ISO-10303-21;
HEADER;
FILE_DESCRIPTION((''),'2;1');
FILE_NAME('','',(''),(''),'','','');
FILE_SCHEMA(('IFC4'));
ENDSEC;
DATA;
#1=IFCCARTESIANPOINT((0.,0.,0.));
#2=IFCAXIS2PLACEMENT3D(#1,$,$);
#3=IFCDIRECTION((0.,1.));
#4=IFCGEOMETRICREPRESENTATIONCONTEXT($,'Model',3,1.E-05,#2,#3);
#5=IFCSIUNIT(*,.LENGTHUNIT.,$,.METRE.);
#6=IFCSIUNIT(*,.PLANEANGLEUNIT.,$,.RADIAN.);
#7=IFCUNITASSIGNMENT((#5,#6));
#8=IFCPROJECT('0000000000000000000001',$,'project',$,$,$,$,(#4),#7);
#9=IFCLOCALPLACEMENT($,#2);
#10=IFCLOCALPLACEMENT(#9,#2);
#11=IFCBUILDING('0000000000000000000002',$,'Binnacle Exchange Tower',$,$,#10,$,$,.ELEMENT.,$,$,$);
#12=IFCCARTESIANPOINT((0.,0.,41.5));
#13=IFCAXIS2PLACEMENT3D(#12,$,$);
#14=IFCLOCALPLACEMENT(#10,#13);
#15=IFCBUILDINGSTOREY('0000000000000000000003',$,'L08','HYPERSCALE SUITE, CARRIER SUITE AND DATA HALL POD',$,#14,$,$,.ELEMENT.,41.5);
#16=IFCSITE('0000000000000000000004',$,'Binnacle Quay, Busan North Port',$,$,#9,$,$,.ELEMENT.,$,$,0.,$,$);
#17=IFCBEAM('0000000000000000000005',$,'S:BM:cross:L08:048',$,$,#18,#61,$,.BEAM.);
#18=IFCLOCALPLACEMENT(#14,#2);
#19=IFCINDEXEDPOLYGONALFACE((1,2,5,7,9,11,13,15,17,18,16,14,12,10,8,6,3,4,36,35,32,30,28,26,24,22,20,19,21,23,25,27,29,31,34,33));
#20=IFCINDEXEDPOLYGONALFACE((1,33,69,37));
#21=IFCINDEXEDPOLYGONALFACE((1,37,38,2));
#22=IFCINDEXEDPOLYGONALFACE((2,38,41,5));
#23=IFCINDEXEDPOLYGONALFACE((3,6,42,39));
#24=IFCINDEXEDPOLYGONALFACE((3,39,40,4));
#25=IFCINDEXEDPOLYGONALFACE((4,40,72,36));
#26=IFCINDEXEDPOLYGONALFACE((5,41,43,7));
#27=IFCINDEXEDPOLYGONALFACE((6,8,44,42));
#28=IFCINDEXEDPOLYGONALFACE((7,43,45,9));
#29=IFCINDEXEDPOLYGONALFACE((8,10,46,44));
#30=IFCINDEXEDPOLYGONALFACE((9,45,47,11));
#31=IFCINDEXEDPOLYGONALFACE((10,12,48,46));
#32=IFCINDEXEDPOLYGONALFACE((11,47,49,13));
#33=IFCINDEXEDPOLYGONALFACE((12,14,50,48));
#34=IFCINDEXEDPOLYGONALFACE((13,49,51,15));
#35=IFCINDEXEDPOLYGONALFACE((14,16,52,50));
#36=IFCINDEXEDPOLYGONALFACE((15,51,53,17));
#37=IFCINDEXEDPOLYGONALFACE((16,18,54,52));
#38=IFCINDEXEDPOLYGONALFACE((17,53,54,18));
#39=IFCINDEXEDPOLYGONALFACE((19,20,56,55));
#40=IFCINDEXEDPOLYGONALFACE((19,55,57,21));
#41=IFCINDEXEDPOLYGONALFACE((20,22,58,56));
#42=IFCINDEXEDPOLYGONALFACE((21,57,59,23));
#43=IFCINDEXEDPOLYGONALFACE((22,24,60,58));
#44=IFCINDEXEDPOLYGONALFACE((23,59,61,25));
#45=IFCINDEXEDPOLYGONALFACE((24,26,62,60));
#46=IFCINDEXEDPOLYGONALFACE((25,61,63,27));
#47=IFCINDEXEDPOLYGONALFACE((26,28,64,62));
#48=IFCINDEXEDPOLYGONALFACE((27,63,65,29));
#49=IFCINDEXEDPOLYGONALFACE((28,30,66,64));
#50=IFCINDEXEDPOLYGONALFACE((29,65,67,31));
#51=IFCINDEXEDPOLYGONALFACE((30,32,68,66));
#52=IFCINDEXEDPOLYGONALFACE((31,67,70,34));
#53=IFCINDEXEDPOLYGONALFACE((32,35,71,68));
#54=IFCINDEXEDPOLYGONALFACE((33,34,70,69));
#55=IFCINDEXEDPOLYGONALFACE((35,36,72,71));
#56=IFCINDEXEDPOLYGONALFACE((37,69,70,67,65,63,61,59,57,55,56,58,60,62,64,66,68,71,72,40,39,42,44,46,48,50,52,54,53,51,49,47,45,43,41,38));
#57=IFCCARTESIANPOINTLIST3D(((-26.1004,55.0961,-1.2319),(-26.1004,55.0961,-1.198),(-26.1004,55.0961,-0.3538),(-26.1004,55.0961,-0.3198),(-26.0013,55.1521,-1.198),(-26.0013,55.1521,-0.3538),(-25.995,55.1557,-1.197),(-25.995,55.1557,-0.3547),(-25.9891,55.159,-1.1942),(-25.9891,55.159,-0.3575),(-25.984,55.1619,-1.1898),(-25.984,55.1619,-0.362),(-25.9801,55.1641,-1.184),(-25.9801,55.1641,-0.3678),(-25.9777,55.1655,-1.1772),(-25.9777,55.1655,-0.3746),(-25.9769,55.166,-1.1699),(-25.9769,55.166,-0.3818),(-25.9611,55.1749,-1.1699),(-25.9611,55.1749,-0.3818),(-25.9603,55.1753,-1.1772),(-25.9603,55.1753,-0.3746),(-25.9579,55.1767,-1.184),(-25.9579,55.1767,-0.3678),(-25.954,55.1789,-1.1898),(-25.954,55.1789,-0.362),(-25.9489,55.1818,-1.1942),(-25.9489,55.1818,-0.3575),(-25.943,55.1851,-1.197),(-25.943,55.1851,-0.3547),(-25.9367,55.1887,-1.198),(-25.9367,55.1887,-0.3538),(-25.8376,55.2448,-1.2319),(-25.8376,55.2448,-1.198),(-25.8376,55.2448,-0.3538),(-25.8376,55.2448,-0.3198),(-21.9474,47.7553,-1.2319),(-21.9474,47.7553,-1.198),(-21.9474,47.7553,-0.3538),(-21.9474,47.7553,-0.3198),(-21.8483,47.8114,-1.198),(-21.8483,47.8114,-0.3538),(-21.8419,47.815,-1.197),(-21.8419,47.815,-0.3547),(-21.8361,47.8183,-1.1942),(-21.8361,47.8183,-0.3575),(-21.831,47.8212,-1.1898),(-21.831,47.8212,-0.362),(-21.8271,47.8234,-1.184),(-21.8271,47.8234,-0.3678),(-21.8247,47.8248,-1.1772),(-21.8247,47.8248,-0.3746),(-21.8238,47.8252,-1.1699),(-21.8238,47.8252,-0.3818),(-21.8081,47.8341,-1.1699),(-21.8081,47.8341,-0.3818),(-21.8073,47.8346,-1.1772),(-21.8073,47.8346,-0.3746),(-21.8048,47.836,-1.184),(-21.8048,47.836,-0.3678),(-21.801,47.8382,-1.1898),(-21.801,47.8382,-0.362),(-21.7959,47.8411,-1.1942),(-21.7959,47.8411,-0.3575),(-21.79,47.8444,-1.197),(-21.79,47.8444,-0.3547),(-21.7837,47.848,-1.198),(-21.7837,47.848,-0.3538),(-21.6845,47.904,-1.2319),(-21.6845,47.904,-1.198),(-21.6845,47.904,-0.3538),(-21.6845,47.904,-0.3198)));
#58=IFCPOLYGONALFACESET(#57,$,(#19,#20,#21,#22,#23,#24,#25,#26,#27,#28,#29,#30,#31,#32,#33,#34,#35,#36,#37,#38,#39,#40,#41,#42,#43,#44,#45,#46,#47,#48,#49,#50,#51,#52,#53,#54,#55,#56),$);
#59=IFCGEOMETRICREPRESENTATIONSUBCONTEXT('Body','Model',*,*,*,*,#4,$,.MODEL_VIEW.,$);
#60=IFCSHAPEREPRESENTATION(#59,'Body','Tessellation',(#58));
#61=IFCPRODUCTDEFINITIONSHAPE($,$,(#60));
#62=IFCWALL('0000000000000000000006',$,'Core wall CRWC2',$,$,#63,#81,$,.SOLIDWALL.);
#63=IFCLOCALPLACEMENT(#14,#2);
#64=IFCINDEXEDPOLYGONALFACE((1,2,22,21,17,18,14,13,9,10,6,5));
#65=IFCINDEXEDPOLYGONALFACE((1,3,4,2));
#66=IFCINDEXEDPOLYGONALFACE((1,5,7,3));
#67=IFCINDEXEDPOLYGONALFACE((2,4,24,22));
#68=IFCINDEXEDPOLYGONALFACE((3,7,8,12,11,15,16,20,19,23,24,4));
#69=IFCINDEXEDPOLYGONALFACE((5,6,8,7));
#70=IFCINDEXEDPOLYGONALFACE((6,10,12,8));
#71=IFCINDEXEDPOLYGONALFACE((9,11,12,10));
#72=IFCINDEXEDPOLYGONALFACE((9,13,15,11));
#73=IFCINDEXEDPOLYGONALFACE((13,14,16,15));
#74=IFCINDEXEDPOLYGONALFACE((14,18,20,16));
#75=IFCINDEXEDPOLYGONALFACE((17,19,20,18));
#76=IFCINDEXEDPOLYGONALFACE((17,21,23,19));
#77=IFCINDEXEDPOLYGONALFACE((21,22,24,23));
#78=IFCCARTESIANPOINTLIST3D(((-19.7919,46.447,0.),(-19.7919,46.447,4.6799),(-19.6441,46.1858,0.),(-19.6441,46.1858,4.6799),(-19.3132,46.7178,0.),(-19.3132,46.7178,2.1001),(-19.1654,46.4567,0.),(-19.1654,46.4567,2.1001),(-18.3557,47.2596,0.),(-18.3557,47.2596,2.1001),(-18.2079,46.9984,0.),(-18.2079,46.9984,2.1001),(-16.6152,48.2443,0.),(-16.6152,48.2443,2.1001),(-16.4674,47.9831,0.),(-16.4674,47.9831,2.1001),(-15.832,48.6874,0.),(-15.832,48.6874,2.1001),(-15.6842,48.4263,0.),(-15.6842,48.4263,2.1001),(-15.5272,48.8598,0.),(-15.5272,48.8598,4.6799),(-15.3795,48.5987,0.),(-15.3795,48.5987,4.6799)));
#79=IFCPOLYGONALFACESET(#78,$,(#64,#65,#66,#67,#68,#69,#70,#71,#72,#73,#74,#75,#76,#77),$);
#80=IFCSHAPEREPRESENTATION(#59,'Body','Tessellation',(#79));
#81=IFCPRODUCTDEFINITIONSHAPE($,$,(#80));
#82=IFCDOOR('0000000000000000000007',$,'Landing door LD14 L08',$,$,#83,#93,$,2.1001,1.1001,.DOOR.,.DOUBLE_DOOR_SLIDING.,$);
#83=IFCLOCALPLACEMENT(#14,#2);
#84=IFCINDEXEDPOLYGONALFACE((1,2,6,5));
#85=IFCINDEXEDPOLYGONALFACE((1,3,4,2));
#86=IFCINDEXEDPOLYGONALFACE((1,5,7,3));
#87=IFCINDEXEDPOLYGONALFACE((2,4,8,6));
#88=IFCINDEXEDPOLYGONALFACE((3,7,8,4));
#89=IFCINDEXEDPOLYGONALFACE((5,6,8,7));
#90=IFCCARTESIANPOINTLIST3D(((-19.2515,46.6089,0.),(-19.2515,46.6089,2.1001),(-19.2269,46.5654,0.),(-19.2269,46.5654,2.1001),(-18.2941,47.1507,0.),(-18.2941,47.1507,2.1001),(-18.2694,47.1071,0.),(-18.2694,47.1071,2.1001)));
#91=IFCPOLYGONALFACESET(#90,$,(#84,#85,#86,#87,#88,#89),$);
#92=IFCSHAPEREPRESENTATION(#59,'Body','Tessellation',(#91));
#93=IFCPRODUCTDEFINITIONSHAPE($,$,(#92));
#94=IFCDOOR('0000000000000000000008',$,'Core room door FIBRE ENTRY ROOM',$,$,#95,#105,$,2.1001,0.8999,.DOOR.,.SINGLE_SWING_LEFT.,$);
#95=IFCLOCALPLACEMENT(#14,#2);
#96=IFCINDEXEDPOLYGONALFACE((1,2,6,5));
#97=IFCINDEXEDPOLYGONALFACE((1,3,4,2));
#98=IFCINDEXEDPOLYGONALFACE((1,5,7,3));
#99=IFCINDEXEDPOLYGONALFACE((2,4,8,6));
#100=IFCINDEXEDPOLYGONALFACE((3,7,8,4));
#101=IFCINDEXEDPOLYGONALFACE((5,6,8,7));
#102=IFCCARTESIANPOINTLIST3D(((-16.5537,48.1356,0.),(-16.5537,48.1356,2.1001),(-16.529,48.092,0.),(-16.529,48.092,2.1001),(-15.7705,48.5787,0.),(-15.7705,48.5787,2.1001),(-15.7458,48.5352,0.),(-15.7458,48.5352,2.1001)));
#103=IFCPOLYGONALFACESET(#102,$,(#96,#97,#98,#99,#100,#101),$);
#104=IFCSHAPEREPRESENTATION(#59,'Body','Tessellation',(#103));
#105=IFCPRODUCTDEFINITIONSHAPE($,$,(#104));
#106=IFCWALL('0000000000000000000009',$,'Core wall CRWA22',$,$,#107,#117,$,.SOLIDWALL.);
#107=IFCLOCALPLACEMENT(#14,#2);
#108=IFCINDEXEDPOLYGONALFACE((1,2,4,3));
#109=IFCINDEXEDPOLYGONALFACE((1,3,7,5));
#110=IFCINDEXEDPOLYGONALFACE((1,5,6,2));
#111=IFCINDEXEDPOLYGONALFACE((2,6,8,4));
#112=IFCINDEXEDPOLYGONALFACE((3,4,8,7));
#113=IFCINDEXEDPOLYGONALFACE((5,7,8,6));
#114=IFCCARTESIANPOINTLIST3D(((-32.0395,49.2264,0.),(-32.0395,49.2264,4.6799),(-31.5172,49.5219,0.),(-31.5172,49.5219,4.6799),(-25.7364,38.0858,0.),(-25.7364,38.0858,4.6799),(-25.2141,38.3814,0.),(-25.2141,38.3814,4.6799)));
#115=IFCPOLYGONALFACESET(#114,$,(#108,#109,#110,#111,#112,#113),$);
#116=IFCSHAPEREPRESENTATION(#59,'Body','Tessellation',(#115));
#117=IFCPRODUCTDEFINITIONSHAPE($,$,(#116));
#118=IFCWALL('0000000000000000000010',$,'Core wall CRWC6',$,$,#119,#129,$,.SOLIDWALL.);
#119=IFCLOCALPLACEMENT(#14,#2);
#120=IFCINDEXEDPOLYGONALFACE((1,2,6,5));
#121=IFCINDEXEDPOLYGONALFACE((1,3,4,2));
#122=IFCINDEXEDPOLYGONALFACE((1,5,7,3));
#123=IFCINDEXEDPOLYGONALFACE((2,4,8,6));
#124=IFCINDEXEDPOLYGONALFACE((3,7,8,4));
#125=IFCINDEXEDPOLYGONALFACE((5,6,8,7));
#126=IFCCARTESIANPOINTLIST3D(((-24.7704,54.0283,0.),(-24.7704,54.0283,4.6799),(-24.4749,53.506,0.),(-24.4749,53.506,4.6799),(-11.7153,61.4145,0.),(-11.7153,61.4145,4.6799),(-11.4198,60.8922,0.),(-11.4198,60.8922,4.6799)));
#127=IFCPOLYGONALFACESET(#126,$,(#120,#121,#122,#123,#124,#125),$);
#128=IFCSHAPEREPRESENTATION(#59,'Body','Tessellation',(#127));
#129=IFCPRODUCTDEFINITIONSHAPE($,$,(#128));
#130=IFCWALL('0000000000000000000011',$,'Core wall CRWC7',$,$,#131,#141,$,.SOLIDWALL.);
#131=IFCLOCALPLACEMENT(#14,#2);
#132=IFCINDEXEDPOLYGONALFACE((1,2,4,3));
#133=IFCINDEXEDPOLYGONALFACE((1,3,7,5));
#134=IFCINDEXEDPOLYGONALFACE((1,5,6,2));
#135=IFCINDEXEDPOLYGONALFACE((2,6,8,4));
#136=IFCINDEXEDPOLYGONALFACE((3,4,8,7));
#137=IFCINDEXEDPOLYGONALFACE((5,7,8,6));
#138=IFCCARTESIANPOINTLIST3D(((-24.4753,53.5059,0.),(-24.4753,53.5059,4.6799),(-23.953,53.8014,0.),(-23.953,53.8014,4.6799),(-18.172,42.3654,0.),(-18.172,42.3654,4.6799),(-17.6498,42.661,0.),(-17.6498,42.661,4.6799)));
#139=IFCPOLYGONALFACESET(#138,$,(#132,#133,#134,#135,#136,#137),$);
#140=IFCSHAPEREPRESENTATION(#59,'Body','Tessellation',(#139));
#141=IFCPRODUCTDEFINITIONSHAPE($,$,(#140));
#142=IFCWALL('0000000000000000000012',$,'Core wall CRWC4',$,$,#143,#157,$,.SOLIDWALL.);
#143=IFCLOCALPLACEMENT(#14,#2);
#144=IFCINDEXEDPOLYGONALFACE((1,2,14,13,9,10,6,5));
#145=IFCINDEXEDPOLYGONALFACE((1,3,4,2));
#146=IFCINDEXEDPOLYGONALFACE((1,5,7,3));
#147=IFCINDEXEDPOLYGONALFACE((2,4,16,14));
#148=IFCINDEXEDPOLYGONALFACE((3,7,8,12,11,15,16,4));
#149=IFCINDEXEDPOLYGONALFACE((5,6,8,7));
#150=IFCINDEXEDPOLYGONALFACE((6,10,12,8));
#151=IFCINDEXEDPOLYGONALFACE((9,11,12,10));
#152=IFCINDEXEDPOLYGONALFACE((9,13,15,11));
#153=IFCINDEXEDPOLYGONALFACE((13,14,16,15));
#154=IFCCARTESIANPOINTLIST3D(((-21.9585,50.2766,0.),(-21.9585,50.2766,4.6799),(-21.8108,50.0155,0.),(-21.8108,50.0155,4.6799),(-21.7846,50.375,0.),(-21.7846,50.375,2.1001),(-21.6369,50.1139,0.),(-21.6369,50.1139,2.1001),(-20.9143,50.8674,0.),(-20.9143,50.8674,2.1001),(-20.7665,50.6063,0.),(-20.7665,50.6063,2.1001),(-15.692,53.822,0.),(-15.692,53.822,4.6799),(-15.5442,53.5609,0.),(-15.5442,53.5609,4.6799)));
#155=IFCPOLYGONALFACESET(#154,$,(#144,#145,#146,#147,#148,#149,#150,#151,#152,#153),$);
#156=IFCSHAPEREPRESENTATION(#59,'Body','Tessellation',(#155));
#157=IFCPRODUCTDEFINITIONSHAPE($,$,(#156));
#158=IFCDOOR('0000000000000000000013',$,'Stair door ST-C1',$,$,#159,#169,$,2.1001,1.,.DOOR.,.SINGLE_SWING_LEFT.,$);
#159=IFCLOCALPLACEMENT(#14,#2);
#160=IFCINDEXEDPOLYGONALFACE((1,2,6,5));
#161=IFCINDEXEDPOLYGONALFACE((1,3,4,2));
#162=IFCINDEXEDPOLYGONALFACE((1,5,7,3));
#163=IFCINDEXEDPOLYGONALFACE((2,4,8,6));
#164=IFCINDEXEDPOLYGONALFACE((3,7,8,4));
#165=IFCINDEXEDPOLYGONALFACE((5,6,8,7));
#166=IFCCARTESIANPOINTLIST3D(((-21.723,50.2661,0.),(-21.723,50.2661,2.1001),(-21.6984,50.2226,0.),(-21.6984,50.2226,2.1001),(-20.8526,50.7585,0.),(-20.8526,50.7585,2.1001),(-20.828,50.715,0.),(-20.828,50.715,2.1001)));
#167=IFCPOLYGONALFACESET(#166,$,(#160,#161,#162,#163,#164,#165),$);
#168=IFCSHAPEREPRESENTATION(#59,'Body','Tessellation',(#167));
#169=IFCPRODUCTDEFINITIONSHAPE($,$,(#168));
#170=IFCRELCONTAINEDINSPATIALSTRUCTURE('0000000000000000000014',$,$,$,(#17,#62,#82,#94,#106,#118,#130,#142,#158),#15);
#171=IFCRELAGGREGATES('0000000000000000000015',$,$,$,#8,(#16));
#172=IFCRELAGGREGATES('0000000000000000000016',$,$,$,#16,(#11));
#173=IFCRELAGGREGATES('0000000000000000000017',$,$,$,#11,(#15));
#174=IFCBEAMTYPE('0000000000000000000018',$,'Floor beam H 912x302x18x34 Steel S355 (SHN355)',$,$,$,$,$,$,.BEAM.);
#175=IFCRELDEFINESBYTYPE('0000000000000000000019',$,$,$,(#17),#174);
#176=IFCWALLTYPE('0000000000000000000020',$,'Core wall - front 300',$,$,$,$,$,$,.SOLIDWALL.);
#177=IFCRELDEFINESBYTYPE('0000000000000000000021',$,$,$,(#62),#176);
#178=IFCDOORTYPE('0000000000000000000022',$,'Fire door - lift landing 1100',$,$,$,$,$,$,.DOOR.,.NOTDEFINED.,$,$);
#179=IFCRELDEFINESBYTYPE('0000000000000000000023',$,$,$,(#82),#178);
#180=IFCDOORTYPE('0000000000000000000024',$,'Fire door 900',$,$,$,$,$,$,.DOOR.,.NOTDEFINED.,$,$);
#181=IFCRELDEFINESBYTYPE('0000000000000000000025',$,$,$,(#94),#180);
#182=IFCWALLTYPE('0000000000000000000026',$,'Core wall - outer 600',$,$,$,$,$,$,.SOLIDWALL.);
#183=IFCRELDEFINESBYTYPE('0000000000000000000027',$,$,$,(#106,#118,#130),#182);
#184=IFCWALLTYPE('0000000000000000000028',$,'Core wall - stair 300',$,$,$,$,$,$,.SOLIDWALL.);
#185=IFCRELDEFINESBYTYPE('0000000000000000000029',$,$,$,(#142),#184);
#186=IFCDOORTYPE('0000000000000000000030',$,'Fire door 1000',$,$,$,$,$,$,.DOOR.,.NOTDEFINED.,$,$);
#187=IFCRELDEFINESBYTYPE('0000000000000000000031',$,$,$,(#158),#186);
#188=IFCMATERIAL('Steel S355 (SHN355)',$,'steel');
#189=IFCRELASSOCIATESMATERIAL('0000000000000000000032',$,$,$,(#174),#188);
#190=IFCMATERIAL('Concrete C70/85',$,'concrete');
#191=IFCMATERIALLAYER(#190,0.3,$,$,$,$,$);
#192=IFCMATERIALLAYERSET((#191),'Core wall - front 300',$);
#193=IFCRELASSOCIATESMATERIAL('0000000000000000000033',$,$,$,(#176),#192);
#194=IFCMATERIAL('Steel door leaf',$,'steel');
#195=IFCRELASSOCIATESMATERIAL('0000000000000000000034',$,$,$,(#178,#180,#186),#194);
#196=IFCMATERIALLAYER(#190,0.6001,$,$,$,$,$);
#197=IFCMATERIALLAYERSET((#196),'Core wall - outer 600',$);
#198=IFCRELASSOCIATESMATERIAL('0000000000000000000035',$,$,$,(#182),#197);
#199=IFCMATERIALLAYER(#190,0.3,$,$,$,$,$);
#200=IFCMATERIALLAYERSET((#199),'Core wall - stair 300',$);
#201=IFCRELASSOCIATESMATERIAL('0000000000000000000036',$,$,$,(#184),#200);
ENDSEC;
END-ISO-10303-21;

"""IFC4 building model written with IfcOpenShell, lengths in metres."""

from ifc_helpers import new_model, si_unit, direction, frame, frame_2d, origin, origin_2d, place, context, subcontext, project, spatial, rectangle, i_section, extrude, material, layer, layer_set, material_profile, profile_set, type_object, element, fill, save


model = new_model("IFC4")

# Units and contexts
model_context = context("Model", 3, precision=1e-05, world=origin(), true_north=direction((0.0, 1.0)))
body_context = subcontext(model_context, "Body", "Model", "MODEL_VIEW")
ifc_project = project(units=[si_unit("LENGTHUNIT", "METRE"), si_unit("PLANEANGLEUNIT", "RADIAN")], contexts=[model_context])

# Site, building, storey
site_placement = place(None, origin())
site = spatial("IfcSite", under=ifc_project, at=site_placement, Name="Binnacle Quay, Busan North Port", CompositionType="ELEMENT", RefElevation=0.0)
building_placement = place(site_placement, origin())
building = spatial("IfcBuilding", under=site, at=building_placement, Name="Binnacle Exchange Tower", CompositionType="ELEMENT")
storey_placement = place(building_placement, frame((0.0, 0.0, 41.5)))
storey = spatial("IfcBuildingStorey", under=building, at=storey_placement, Name="L08", Description="HYPERSCALE SUITE, CARRIER SUITE AND DATA HALL POD", CompositionType="ELEMENT", Elevation=41.5)

# Shared definitions
ifc_material_1 = material(Name="Concrete C70/85", Category="concrete")

# Beam
ifc_material_2 = material(Name="Steel S355 (SHN355)", Category="steel")
ifc_material_profile_1 = material_profile(ifc_material_2, i_section(OverallWidth=0.302, OverallDepth=0.9121, WebThickness=0.0181, FlangeThickness=0.0339, FilletRadius=0.0281, at=origin_2d()), Name="H 912x302x18x34")
ifc_profile_set_1 = profile_set([ifc_material_profile_1], Name="Steel S355 (SHN355)")
beam_type_1 = type_object("IfcBeamType", Name="Floor beam H 912x302x18x34 Steel S355 (SHN355)", PredefinedType="BEAM", material=ifc_profile_set_1)
beam_1_placement = place(storey_placement, frame((-25.969, 55.1704, -0.7759), z_axis=(0.492409, -0.870364, 0.0), x_axis=(0.870364, 0.492409, 0.0)))
element("IfcBeam", 1, at=beam_1_placement, inside=storey, type_object=beam_type_1, Name="S:BM:cross:L08:048", PredefinedType="BEAM", context=body_context, shape_type="SweptSolid", body=[
    extrude(i_section(OverallWidth=0.302, OverallDepth=0.9121, WebThickness=0.0181, FlangeThickness=0.0339, FilletRadius=0.0281, at=origin_2d()), origin(), (0.0, 0.0, 1.0), 8.4341),
])

# Wall, openings, doors
ifc_layer_1 = layer(ifc_material_1, 0.3)
ifc_layer_set_1 = layer_set([ifc_layer_1], Name="Core wall - front 300")
wall_type_1 = type_object("IfcWallType", Name="Core wall - front 300", PredefinedType="SOLIDWALL", material=ifc_layer_set_1)
wall_1_placement = place(storey_placement, frame((-19.718, 46.3164, 0.0), z_axis=(0.0, 0.0, 1.0), x_axis=(0.870354, 0.492427, 0.0)))
wall_1 = element("IfcWall", 2, at=wall_1_placement, inside=storey, type_object=wall_type_1, Name="Core wall CRWC2", PredefinedType="SOLIDWALL", context=body_context, shape_type="SweptSolid", body=[
    extrude(rectangle(XDim=4.8999, YDim=0.3, at=frame_2d((2.45, 0.0))), origin(), (0.0, 0.0, 1.0), 4.6799),
])
opening_1_placement = place(wall_1_placement, frame((0.55, 0.0, 0.0)))
opening_1 = element("IfcOpeningElement", 3, at=opening_1_placement, cuts=wall_1, PredefinedType="OPENING", context=body_context, shape_type="SweptSolid", body=[
    extrude(rectangle(XDim=1.1001, YDim=2.1001, at=frame_2d((0.55, 1.05))), frame((0.0, 0.1599, 0.0), z_axis=(0.0, -1.0, 0.0), x_axis=(1.0, 0.0, 0.0)), (0.0, 0.0, 1.0), 0.3201),
])
opening_2_placement = place(wall_1_placement, frame((3.6499, 0.0, 0.0)))
opening_2 = element("IfcOpeningElement", 4, at=opening_2_placement, cuts=wall_1, PredefinedType="OPENING", context=body_context, shape_type="SweptSolid", body=[
    extrude(rectangle(XDim=0.8999, YDim=2.1001, at=frame_2d((0.45, 1.05))), frame((0.0, 0.1599, 0.0), z_axis=(0.0, -1.0, 0.0), x_axis=(1.0, 0.0, 0.0)), (0.0, 0.0, 1.0), 0.3201),
])
ifc_material_3 = material(Name="Steel door leaf", Category="steel")
door_type_1 = type_object("IfcDoorType", Name="Fire door - lift landing 1100", OperationType="NOTDEFINED", PredefinedType="DOOR", material=ifc_material_3)
door_1_placement = place(opening_1_placement, origin())
door_1 = element("IfcDoor", 5, at=door_1_placement, inside=storey, type_object=door_type_1, Name="Landing door LD14 L08", OperationType="DOUBLE_DOOR_SLIDING", OverallHeight=2.1001, OverallWidth=1.1001, PredefinedType="DOOR", context=body_context, shape_type="SweptSolid", body=[
    extrude(rectangle(XDim=1.1001, YDim=2.1001, at=frame_2d((0.55, 1.05))), frame((0.0, 0.0249, 0.0), z_axis=(0.0, -1.0, 0.0), x_axis=(1.0, 0.0, 0.0)), (0.0, 0.0, 1.0), 0.05),
])
fill(opening_1, door_1)
door_type_2 = type_object("IfcDoorType", Name="Fire door 900", OperationType="NOTDEFINED", PredefinedType="DOOR", material=ifc_material_3)
door_2_placement = place(opening_2_placement, frame((0.8999, 0.0, 0.0), z_axis=(0.0, 0.0, 1.0), x_axis=(-1.0, 0.0, 0.0)))
door_2 = element("IfcDoor", 6, at=door_2_placement, inside=storey, type_object=door_type_2, Name="Core room door FIBRE ENTRY ROOM", OperationType="SINGLE_SWING_LEFT", OverallHeight=2.1001, OverallWidth=0.8999, PredefinedType="DOOR", context=body_context, shape_type="SweptSolid", body=[
    extrude(rectangle(XDim=0.8999, YDim=2.1001, at=frame_2d((0.45, 1.05))), frame((0.0, 0.0249, 0.0), z_axis=(0.0, -1.0, 0.0), x_axis=(1.0, 0.0, 0.0)), (0.0, 0.0, 1.0), 0.05),
])
fill(opening_2, door_2)

# Walls
ifc_layer_2 = layer(ifc_material_1, 0.6001)
ifc_layer_set_2 = layer_set([ifc_layer_2], Name="Core wall - outer 600")
wall_type_2 = type_object("IfcWallType", Name="Core wall - outer 600", PredefinedType="SOLIDWALL", material=ifc_layer_set_2)
wall_2_placement = place(storey_placement, frame((-31.7783, 49.374, 0.0), z_axis=(0.0, 0.0, 1.0), x_axis=(0.492433, -0.87035, 0.0)))
element("IfcWall", 7, at=wall_2_placement, inside=storey, type_object=wall_type_2, Name="Core wall CRWA22", PredefinedType="SOLIDWALL", context=body_context, shape_type="SweptSolid", body=[
    extrude(rectangle(XDim=12.8, YDim=0.6001, at=frame_2d((6.3999, 0.0))), origin(), (0.0, 0.0, 1.0), 4.6799),
])
wall_3_placement = place(storey_placement, frame((-24.6228, 53.7671, 0.0), z_axis=(0.0, 0.0, 1.0), x_axis=(0.870357, 0.492422, 0.0)))
element("IfcWall", 8, at=wall_3_placement, inside=storey, type_object=wall_type_2, Name="Core wall CRWC6", PredefinedType="SOLIDWALL", context=body_context, shape_type="SweptSolid", body=[
    extrude(rectangle(XDim=14.9998, YDim=0.6001, at=frame_2d((7.5, 0.0))), origin(), (0.0, 0.0, 1.0), 4.6799),
])
wall_4_placement = place(storey_placement, frame((-24.2141, 53.6536, 0.0), z_axis=(0.0, 0.0, 1.0), x_axis=(0.492441, -0.870346, 0.0)))
element("IfcWall", 9, at=wall_4_placement, inside=storey, type_object=wall_type_2, Name="Core wall CRWC7", PredefinedType="SOLIDWALL", context=body_context, shape_type="SweptSolid", body=[
    extrude(rectangle(XDim=12.8, YDim=0.6001, at=frame_2d((6.3999, 0.0))), origin(), (0.0, 0.0, 1.0), 4.6799),
])

# Wall, opening, door
ifc_layer_3 = layer(ifc_material_1, 0.3)
ifc_layer_set_3 = layer_set([ifc_layer_3], Name="Core wall - stair 300")
wall_type_3 = type_object("IfcWallType", Name="Core wall - stair 300", PredefinedType="SOLIDWALL", material=ifc_layer_set_3)
wall_5_placement = place(storey_placement, frame((-21.8848, 50.146, 0.0), z_axis=(0.0, 0.0, 1.0), x_axis=(0.870359, 0.492417, 0.0)))
wall_5 = element("IfcWall", 10, at=wall_5_placement, inside=storey, type_object=wall_type_3, Name="Core wall CRWC4", PredefinedType="SOLIDWALL", context=body_context, shape_type="SweptSolid", body=[
    extrude(rectangle(XDim=7.2, YDim=0.3, at=frame_2d((3.6001, 0.0))), origin(), (0.0, 0.0, 1.0), 4.6799),
])
opening_3_placement = place(wall_5_placement, frame((0.2, 0.0, 0.0)))
opening_3 = element("IfcOpeningElement", 11, at=opening_3_placement, cuts=wall_5, PredefinedType="OPENING", context=body_context, shape_type="SweptSolid", body=[
    extrude(rectangle(XDim=1.0, YDim=2.1001, at=frame_2d((0.5, 1.05))), frame((0.0, 0.1599, 0.0), z_axis=(0.0, -1.0, 0.0), x_axis=(1.0, 0.0, 0.0)), (0.0, 0.0, 1.0), 0.3201),
])
door_type_3 = type_object("IfcDoorType", Name="Fire door 1000", OperationType="NOTDEFINED", PredefinedType="DOOR", material=ifc_material_3)
door_3_placement = place(opening_3_placement, origin())
door_3 = element("IfcDoor", 12, at=door_3_placement, inside=storey, type_object=door_type_3, Name="Stair door ST-C1", OperationType="SINGLE_SWING_LEFT", OverallHeight=2.1001, OverallWidth=1.0, PredefinedType="DOOR", context=body_context, shape_type="SweptSolid", body=[
    extrude(rectangle(XDim=1.0, YDim=2.1001, at=frame_2d((0.5, 1.05))), frame((0.0, 0.0249, 0.0), z_axis=(0.0, -1.0, 0.0), x_axis=(1.0, 0.0, 0.0)), (0.0, 0.0, 1.0), 0.05),
])
fill(opening_3, door_3)

save(model, "model.ifc")
